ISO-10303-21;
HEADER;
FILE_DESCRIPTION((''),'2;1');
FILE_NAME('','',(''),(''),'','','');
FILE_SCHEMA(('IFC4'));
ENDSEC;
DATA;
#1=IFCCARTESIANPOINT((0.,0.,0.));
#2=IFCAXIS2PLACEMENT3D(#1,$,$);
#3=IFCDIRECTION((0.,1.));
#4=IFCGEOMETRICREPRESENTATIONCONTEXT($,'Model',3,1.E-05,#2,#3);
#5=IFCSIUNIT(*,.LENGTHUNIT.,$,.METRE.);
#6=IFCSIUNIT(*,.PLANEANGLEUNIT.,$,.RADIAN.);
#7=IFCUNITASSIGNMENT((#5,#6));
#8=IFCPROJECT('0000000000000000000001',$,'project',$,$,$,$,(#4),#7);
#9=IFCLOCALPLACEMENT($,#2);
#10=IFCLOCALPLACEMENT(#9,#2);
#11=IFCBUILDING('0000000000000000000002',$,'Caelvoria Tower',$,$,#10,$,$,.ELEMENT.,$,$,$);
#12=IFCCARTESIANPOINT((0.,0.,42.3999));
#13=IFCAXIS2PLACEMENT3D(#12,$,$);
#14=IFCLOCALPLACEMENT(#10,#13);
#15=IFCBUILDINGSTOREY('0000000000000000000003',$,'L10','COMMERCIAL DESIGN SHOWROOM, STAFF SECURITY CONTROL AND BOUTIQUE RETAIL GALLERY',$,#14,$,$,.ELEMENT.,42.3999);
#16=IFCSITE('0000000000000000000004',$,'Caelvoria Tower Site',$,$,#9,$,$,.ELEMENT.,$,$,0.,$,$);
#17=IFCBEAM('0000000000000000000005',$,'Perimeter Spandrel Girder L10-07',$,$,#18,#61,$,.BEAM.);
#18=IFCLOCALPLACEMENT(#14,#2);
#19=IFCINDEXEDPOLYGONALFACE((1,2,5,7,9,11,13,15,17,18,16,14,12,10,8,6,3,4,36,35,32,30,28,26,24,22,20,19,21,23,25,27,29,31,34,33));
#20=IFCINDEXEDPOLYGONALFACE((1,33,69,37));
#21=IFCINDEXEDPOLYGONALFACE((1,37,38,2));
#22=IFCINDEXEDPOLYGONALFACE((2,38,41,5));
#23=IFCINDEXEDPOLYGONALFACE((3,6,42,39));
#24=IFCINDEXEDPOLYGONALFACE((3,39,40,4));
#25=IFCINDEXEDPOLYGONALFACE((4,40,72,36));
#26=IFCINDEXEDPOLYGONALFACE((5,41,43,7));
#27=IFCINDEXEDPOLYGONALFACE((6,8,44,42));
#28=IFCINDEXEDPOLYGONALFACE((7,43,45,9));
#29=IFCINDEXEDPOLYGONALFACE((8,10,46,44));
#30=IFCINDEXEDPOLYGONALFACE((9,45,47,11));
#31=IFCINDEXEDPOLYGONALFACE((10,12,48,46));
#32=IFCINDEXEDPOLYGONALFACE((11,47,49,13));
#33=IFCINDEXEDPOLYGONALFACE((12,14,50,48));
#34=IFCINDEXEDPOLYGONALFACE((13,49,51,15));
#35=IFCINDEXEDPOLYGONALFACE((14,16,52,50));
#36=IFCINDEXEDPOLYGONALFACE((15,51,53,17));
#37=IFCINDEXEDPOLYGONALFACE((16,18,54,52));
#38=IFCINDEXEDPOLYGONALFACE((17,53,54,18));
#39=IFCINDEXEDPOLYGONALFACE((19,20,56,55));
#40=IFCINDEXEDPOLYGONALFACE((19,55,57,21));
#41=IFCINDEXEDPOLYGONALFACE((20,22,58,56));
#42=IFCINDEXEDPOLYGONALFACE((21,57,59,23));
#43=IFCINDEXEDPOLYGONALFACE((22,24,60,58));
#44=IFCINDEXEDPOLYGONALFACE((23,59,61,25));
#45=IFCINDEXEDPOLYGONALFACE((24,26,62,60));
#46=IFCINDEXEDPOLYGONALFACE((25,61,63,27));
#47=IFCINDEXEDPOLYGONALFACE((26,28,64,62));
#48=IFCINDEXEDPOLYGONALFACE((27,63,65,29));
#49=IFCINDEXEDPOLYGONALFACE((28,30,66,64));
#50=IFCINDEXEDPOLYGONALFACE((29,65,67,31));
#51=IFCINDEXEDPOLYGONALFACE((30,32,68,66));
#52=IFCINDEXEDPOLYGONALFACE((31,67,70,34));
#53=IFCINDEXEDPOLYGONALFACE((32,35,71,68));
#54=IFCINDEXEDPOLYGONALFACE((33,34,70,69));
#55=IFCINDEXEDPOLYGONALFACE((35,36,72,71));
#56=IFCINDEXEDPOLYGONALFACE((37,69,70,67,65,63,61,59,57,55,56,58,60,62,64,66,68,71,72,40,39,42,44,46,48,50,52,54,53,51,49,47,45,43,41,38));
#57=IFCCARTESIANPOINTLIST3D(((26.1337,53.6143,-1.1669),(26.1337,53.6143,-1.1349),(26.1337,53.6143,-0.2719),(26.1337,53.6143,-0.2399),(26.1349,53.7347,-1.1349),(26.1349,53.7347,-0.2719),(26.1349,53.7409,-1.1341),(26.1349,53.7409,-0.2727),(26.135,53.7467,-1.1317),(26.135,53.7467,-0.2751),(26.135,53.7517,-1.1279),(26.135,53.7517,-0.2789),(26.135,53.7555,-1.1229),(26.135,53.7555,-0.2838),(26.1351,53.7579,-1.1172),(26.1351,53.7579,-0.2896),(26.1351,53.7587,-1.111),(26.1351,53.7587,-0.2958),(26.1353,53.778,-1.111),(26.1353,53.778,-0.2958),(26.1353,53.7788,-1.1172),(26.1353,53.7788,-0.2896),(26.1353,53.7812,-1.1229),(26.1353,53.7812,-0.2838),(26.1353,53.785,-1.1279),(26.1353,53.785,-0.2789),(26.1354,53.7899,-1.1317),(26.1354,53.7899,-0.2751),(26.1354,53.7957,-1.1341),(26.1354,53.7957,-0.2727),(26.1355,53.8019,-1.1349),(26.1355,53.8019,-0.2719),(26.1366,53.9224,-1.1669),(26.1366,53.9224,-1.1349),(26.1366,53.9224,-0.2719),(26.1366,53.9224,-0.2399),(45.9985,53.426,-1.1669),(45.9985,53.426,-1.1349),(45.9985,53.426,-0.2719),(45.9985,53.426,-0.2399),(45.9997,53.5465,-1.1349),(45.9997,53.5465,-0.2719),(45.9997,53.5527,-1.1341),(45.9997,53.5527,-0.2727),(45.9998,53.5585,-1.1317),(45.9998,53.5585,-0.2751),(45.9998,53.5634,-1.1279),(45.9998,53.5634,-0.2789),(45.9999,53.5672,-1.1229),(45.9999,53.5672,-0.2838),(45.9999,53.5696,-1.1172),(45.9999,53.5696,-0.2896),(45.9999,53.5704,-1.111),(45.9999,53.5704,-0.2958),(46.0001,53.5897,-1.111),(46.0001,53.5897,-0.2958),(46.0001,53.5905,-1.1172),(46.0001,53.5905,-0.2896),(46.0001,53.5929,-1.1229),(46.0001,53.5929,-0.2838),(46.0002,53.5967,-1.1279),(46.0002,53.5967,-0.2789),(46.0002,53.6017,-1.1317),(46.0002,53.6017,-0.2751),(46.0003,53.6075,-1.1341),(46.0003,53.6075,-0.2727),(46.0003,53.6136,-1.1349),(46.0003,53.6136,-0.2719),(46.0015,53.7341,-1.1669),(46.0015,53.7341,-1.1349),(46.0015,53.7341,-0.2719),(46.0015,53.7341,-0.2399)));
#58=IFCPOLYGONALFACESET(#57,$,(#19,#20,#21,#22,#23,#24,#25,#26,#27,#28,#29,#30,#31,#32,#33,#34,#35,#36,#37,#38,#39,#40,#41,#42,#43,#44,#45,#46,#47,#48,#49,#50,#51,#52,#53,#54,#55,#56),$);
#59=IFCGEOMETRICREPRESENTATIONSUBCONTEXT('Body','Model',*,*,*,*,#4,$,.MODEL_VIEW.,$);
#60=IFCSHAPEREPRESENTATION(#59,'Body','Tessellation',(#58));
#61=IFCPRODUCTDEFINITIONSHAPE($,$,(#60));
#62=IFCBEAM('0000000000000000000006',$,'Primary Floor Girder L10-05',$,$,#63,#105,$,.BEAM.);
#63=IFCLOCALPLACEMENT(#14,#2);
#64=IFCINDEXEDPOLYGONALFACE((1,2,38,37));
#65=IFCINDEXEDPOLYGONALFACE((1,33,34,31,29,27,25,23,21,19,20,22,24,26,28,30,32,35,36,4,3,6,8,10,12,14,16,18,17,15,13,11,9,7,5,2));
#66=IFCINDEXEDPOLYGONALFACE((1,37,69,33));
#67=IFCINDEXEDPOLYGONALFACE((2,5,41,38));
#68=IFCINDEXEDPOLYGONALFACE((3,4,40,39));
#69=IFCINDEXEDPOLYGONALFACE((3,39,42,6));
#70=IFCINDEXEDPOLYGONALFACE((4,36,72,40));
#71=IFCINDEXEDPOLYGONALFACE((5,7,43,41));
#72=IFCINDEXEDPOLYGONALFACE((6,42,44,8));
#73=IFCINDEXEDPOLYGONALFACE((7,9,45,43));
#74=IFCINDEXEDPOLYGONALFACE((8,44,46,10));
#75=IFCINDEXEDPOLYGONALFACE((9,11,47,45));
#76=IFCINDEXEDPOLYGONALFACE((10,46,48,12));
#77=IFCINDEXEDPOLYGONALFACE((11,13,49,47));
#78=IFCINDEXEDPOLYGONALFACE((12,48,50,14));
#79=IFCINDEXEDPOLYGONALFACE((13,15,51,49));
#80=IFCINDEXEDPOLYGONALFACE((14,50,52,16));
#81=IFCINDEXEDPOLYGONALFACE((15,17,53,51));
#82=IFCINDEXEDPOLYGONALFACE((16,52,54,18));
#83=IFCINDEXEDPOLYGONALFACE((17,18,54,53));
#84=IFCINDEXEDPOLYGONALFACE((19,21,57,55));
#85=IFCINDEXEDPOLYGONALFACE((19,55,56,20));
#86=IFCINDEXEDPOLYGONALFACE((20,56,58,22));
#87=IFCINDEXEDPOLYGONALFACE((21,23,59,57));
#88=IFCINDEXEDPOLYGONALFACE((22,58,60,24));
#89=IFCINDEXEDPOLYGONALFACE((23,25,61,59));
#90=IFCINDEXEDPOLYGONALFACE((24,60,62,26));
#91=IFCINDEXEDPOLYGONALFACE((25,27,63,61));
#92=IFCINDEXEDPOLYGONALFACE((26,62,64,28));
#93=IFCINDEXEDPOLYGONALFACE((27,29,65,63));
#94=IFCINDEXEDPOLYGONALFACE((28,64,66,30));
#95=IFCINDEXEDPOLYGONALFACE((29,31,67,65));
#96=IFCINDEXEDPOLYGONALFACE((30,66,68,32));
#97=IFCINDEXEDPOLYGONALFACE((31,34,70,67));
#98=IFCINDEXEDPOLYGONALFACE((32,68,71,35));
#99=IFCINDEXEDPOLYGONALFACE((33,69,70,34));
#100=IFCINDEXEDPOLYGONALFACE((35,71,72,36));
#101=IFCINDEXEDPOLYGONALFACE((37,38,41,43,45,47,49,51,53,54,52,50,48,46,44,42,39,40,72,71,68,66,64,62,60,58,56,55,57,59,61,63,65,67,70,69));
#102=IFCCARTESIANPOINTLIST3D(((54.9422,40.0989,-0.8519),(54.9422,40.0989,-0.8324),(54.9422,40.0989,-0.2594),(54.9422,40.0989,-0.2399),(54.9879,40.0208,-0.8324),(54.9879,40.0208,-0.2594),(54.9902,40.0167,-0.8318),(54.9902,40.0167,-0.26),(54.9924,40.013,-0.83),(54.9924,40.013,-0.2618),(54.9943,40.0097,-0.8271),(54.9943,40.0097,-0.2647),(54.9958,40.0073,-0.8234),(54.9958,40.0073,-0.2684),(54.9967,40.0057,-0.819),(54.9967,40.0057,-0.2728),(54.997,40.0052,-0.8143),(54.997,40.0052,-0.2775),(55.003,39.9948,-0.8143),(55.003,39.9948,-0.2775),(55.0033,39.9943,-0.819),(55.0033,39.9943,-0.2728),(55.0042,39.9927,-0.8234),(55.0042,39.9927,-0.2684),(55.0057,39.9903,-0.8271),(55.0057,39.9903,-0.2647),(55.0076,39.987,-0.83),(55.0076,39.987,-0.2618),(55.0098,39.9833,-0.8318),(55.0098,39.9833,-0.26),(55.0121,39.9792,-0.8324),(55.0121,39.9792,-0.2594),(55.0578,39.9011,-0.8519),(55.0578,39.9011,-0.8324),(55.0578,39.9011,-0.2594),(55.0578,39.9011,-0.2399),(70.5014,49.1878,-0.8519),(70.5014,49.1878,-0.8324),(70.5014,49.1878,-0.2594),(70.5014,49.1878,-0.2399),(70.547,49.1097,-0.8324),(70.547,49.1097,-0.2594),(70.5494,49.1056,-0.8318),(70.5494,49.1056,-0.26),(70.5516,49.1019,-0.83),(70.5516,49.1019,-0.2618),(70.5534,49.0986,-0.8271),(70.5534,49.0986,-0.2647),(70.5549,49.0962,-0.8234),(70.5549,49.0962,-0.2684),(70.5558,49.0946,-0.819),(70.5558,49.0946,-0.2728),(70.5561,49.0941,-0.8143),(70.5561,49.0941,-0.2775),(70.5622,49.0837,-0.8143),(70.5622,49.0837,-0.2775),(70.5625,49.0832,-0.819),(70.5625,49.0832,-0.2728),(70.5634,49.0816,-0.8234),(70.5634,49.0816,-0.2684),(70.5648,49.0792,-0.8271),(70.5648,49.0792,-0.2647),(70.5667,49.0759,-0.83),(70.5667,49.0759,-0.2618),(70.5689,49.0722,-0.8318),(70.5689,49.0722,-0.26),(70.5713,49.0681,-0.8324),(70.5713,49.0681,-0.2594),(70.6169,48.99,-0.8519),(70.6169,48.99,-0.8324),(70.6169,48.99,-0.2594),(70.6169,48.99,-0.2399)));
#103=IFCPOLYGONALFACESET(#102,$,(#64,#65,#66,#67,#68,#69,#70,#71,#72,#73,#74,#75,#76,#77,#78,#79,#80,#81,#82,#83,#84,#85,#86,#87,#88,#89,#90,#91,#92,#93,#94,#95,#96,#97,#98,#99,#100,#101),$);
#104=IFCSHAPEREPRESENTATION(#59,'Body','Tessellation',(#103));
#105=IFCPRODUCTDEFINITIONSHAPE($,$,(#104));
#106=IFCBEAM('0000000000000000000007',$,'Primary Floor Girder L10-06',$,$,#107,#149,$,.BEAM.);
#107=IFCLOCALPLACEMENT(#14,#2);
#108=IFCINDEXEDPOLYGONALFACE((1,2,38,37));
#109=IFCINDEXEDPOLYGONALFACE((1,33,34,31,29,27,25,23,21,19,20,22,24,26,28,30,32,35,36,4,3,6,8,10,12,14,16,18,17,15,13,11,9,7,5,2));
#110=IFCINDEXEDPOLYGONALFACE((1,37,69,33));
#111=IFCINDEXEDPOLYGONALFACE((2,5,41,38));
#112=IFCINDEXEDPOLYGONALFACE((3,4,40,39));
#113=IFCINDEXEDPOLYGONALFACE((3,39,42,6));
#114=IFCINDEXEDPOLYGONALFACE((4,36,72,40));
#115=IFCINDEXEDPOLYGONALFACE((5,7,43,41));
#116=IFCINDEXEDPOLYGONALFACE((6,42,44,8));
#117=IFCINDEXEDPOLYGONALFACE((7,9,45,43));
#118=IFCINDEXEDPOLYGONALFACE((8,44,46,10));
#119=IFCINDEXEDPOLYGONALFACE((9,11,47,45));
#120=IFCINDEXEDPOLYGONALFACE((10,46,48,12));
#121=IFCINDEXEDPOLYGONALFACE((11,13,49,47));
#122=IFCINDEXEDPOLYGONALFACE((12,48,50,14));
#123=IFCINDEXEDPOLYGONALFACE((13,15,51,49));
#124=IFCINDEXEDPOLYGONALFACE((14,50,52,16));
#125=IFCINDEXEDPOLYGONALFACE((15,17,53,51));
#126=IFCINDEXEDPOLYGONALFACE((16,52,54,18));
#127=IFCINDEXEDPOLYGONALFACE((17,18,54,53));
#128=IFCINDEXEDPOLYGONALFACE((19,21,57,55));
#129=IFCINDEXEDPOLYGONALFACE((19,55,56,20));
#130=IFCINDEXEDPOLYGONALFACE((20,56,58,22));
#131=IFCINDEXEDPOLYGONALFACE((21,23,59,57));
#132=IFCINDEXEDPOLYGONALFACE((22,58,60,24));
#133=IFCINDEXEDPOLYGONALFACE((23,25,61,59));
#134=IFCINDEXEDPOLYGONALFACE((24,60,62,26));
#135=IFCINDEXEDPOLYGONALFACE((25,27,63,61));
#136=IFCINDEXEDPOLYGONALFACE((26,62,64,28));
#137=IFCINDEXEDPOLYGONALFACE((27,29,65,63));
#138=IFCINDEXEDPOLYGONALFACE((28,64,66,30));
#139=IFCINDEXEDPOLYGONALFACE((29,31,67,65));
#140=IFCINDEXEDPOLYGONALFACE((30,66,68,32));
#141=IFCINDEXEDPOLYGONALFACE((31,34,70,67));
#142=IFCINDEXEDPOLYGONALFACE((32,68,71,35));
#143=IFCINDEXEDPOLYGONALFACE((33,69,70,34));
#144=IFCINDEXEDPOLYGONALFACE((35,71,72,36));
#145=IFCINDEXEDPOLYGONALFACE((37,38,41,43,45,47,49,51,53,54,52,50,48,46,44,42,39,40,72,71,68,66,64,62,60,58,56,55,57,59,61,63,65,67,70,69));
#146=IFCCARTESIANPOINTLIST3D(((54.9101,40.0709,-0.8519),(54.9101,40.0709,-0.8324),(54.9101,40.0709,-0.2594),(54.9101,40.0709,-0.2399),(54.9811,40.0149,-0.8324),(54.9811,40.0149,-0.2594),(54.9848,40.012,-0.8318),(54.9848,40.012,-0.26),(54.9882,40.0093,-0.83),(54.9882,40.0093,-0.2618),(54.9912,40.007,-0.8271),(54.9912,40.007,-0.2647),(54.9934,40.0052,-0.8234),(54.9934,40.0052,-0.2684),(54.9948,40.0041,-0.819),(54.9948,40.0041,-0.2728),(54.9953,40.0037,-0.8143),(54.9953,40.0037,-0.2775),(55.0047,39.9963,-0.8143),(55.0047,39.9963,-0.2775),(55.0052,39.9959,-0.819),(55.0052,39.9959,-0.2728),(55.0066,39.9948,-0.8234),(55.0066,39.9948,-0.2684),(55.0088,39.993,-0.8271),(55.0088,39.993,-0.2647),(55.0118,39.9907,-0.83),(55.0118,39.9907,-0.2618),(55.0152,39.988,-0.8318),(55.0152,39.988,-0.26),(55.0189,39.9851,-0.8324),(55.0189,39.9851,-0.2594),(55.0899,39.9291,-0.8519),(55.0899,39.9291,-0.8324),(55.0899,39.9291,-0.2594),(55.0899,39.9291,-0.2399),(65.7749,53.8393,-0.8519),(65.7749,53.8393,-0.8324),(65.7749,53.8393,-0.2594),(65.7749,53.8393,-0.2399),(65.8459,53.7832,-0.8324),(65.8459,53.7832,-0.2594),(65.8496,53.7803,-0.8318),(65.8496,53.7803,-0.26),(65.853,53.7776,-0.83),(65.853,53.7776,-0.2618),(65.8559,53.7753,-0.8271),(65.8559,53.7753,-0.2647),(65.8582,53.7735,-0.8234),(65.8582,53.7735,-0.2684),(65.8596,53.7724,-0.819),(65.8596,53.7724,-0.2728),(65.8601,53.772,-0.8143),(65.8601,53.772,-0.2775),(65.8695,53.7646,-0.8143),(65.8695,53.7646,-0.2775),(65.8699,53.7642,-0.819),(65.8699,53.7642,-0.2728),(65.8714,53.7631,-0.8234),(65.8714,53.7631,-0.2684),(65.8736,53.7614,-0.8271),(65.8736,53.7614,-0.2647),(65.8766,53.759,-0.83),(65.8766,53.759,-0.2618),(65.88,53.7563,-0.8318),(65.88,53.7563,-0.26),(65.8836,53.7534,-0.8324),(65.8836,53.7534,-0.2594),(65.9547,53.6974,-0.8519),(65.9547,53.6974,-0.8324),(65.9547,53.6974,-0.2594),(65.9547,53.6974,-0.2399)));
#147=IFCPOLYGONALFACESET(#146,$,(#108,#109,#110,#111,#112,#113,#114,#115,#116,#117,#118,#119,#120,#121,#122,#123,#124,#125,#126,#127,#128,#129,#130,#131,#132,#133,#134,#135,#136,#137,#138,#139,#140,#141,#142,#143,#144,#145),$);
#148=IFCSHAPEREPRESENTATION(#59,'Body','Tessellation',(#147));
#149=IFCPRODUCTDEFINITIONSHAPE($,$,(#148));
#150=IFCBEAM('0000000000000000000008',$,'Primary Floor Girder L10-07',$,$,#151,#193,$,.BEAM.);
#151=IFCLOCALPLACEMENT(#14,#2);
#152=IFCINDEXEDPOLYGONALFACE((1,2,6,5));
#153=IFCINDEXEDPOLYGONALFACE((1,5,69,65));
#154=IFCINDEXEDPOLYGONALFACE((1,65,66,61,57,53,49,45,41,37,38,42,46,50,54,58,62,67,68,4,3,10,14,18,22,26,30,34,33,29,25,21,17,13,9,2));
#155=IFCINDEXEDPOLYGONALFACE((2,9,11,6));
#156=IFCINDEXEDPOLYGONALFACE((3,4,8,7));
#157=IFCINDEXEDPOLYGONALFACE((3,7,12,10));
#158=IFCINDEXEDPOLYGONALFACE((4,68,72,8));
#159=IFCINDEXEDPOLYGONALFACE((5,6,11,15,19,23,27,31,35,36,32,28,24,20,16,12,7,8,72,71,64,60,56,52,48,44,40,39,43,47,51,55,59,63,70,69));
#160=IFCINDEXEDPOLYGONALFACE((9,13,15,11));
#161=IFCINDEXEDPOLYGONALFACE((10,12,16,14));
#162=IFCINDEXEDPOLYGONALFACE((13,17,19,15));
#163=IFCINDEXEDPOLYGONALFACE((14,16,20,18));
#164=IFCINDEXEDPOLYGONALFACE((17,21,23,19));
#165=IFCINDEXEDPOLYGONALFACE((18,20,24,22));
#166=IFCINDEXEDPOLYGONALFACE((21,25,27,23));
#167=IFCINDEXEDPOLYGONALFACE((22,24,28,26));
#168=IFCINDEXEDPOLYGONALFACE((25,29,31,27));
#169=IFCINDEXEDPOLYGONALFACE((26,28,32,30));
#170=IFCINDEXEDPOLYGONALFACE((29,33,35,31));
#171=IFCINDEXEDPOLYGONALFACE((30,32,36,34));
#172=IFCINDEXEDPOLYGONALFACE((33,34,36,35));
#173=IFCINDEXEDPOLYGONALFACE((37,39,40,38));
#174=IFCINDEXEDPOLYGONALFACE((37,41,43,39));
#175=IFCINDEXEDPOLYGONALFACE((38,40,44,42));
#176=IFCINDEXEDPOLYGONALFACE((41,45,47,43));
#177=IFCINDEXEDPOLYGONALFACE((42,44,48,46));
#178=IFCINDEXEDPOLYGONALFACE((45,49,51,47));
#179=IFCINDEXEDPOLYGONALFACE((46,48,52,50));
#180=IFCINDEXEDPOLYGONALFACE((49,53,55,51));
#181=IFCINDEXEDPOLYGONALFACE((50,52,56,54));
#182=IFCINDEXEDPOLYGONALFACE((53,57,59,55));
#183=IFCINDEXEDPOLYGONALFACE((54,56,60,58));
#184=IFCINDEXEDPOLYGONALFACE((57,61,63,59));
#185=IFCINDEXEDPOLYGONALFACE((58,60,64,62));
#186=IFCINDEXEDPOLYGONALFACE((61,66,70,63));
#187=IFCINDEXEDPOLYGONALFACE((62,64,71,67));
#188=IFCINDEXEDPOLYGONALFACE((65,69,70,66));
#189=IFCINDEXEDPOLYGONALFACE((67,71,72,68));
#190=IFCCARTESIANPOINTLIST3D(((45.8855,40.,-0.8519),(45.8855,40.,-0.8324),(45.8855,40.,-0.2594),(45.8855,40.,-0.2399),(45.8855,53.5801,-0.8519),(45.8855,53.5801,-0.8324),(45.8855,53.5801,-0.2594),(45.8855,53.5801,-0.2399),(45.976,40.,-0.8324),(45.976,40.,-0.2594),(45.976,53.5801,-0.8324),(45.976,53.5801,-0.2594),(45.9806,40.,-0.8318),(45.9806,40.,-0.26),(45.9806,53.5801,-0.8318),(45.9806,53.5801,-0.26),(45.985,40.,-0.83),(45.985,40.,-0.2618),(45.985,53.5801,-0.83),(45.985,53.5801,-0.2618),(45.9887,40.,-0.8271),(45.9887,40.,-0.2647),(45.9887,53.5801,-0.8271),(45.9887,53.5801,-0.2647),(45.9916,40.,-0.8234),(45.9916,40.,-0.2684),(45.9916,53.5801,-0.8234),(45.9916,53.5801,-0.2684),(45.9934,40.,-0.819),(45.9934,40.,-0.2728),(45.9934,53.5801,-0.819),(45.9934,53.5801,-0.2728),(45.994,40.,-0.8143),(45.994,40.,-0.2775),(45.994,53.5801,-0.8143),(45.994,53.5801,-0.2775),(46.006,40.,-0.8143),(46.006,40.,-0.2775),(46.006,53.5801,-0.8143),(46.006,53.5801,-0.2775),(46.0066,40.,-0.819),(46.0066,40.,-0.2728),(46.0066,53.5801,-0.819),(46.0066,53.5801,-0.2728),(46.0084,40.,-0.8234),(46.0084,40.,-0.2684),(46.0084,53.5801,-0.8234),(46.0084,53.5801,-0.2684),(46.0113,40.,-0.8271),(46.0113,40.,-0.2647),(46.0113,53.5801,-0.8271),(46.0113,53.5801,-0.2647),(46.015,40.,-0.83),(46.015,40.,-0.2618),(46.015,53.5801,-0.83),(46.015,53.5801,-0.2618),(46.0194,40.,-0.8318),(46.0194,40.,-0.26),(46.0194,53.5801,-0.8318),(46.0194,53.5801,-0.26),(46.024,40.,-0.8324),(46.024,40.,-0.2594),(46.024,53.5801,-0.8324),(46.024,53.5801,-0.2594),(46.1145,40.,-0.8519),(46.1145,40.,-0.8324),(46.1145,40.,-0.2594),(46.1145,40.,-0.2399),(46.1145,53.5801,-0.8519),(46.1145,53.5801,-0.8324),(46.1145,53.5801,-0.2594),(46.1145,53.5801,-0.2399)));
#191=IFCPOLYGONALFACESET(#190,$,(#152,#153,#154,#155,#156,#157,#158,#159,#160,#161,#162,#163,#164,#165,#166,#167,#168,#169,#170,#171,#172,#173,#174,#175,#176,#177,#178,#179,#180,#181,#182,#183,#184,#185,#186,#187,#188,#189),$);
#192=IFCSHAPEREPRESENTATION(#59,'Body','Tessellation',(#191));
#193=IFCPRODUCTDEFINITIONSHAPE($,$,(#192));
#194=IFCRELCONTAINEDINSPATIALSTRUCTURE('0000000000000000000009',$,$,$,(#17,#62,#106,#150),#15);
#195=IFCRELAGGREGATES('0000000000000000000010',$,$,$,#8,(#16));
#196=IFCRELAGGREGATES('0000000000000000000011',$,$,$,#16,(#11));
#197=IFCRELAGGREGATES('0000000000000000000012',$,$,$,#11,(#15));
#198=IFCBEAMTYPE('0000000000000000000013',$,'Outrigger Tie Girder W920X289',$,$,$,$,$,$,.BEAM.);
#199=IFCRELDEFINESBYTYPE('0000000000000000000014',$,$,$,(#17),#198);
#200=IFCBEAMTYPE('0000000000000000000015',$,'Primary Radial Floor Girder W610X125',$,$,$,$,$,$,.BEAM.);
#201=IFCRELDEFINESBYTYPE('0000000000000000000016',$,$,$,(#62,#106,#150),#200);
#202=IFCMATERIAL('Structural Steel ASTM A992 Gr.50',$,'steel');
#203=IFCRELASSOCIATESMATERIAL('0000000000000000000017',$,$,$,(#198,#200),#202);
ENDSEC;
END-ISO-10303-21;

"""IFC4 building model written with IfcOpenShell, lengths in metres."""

from ifc_helpers import new_model, si_unit, direction, frame, origin, origin_2d, place, context, subcontext, project, spatial, i_section, extrude, material, material_profile, profile_set, type_object, element, save


model = new_model("IFC4")

# Units and contexts
model_context = context("Model", 3, precision=1e-05, world=origin(), true_north=direction((0.0, 1.0)))
body_context = subcontext(model_context, "Body", "Model", "MODEL_VIEW")
ifc_project = project(units=[si_unit("LENGTHUNIT", "METRE"), si_unit("PLANEANGLEUNIT", "RADIAN")], contexts=[model_context])

# Site, building, storey
site_placement = place(None, origin())
site = spatial("IfcSite", under=ifc_project, at=site_placement, Name="Caelvoria Tower Site", CompositionType="ELEMENT", RefElevation=0.0)
building_placement = place(site_placement, origin())
building = spatial("IfcBuilding", under=site, at=building_placement, Name="Caelvoria Tower", CompositionType="ELEMENT")
storey_placement = place(building_placement, frame((0.0, 0.0, 42.3999)))
storey = spatial("IfcBuildingStorey", under=building, at=storey_placement, Name="L10", Description="COMMERCIAL DESIGN SHOWROOM, STAFF SECURITY CONTROL AND BOUTIQUE RETAIL GALLERY", CompositionType="ELEMENT", Elevation=42.3999)

# Beams
ifc_material_1 = material(Name="Structural Steel ASTM A992 Gr.50", Category="steel")
ifc_material_profile_1 = material_profile(ifc_material_1, i_section(OverallWidth=0.3081, OverallDepth=0.927, WebThickness=0.0193, FlangeThickness=0.032, FilletRadius=0.0239, at=origin_2d()), Name="Structural Steel ASTM A992 Gr.50")
ifc_profile_set_1 = profile_set([ifc_material_profile_1], Name="W920X289 - Structural Steel ASTM A992 Gr.50")
beam_type_1 = type_object("IfcBeamType", Name="Outrigger Tie Girder W920X289", PredefinedType="BEAM", material=ifc_profile_set_1)
beam_1_placement = place(storey_placement, frame((46.0, 53.5801, -0.7034), z_axis=(-0.999955, 0.009475, 0.0), x_axis=(-0.009475, -0.999955, 0.0)))
element("IfcBeam", 1, at=beam_1_placement, inside=storey, type_object=beam_type_1, Name="Perimeter Spandrel Girder L10-07", PredefinedType="BEAM", context=body_context, shape_type="SweptSolid", body=[
    extrude(i_section(OverallWidth=0.3081, OverallDepth=0.927, WebThickness=0.0193, FlangeThickness=0.032, FilletRadius=0.0239, at=origin_2d()), origin(), (0.0, 0.0, 1.0), 19.8657),
])
ifc_material_profile_2 = material_profile(ifc_material_1, i_section(OverallWidth=0.229, OverallDepth=0.6121, WebThickness=0.012, FlangeThickness=0.0195, FilletRadius=0.0181, at=origin_2d()), Name="Structural Steel ASTM A992 Gr.50")
ifc_profile_set_2 = profile_set([ifc_material_profile_2], Name="W610X125 - Structural Steel ASTM A992 Gr.50")
beam_type_2 = type_object("IfcBeamType", Name="Primary Radial Floor Girder W610X125", PredefinedType="BEAM", material=ifc_profile_set_2)
beam_2_placement = place(storey_placement, frame((55.0, 40.0, -0.5459), z_axis=(0.863471, 0.504398, 0.0), x_axis=(-0.504398, 0.863471, 0.0)))
element("IfcBeam", 2, at=beam_2_placement, inside=storey, type_object=beam_type_2, Name="Primary Floor Girder L10-05", PredefinedType="BEAM", context=body_context, shape_type="SweptSolid", body=[
    extrude(i_section(OverallWidth=0.229, OverallDepth=0.6121, WebThickness=0.012, FlangeThickness=0.0195, FilletRadius=0.0181, at=origin_2d()), origin(), (0.0, 0.0, 1.0), 18.0193),
])
beam_3_placement = place(storey_placement, frame((55.0, 40.0, -0.5459), z_axis=(0.61947, 0.785021, 0.0), x_axis=(-0.785021, 0.61947, 0.0)))
element("IfcBeam", 3, at=beam_3_placement, inside=storey, type_object=beam_type_2, Name="Primary Floor Girder L10-06", PredefinedType="BEAM", context=body_context, shape_type="SweptSolid", body=[
    extrude(i_section(OverallWidth=0.229, OverallDepth=0.6121, WebThickness=0.012, FlangeThickness=0.0195, FilletRadius=0.0181, at=origin_2d()), origin(), (0.0, 0.0, 1.0), 17.5388),
])
beam_4_placement = place(storey_placement, frame((46.0, 40.0, -0.5459), z_axis=(0.0, 1.0, 0.0), x_axis=(-1.0, 0.0, 0.0)))
element("IfcBeam", 4, at=beam_4_placement, inside=storey, type_object=beam_type_2, Name="Primary Floor Girder L10-07", PredefinedType="BEAM", context=body_context, shape_type="SweptSolid", body=[
    extrude(i_section(OverallWidth=0.229, OverallDepth=0.6121, WebThickness=0.012, FlangeThickness=0.0195, FilletRadius=0.0181, at=origin_2d()), origin(), (0.0, 0.0, 1.0), 13.5801),
])

save(model, "model.ifc")
